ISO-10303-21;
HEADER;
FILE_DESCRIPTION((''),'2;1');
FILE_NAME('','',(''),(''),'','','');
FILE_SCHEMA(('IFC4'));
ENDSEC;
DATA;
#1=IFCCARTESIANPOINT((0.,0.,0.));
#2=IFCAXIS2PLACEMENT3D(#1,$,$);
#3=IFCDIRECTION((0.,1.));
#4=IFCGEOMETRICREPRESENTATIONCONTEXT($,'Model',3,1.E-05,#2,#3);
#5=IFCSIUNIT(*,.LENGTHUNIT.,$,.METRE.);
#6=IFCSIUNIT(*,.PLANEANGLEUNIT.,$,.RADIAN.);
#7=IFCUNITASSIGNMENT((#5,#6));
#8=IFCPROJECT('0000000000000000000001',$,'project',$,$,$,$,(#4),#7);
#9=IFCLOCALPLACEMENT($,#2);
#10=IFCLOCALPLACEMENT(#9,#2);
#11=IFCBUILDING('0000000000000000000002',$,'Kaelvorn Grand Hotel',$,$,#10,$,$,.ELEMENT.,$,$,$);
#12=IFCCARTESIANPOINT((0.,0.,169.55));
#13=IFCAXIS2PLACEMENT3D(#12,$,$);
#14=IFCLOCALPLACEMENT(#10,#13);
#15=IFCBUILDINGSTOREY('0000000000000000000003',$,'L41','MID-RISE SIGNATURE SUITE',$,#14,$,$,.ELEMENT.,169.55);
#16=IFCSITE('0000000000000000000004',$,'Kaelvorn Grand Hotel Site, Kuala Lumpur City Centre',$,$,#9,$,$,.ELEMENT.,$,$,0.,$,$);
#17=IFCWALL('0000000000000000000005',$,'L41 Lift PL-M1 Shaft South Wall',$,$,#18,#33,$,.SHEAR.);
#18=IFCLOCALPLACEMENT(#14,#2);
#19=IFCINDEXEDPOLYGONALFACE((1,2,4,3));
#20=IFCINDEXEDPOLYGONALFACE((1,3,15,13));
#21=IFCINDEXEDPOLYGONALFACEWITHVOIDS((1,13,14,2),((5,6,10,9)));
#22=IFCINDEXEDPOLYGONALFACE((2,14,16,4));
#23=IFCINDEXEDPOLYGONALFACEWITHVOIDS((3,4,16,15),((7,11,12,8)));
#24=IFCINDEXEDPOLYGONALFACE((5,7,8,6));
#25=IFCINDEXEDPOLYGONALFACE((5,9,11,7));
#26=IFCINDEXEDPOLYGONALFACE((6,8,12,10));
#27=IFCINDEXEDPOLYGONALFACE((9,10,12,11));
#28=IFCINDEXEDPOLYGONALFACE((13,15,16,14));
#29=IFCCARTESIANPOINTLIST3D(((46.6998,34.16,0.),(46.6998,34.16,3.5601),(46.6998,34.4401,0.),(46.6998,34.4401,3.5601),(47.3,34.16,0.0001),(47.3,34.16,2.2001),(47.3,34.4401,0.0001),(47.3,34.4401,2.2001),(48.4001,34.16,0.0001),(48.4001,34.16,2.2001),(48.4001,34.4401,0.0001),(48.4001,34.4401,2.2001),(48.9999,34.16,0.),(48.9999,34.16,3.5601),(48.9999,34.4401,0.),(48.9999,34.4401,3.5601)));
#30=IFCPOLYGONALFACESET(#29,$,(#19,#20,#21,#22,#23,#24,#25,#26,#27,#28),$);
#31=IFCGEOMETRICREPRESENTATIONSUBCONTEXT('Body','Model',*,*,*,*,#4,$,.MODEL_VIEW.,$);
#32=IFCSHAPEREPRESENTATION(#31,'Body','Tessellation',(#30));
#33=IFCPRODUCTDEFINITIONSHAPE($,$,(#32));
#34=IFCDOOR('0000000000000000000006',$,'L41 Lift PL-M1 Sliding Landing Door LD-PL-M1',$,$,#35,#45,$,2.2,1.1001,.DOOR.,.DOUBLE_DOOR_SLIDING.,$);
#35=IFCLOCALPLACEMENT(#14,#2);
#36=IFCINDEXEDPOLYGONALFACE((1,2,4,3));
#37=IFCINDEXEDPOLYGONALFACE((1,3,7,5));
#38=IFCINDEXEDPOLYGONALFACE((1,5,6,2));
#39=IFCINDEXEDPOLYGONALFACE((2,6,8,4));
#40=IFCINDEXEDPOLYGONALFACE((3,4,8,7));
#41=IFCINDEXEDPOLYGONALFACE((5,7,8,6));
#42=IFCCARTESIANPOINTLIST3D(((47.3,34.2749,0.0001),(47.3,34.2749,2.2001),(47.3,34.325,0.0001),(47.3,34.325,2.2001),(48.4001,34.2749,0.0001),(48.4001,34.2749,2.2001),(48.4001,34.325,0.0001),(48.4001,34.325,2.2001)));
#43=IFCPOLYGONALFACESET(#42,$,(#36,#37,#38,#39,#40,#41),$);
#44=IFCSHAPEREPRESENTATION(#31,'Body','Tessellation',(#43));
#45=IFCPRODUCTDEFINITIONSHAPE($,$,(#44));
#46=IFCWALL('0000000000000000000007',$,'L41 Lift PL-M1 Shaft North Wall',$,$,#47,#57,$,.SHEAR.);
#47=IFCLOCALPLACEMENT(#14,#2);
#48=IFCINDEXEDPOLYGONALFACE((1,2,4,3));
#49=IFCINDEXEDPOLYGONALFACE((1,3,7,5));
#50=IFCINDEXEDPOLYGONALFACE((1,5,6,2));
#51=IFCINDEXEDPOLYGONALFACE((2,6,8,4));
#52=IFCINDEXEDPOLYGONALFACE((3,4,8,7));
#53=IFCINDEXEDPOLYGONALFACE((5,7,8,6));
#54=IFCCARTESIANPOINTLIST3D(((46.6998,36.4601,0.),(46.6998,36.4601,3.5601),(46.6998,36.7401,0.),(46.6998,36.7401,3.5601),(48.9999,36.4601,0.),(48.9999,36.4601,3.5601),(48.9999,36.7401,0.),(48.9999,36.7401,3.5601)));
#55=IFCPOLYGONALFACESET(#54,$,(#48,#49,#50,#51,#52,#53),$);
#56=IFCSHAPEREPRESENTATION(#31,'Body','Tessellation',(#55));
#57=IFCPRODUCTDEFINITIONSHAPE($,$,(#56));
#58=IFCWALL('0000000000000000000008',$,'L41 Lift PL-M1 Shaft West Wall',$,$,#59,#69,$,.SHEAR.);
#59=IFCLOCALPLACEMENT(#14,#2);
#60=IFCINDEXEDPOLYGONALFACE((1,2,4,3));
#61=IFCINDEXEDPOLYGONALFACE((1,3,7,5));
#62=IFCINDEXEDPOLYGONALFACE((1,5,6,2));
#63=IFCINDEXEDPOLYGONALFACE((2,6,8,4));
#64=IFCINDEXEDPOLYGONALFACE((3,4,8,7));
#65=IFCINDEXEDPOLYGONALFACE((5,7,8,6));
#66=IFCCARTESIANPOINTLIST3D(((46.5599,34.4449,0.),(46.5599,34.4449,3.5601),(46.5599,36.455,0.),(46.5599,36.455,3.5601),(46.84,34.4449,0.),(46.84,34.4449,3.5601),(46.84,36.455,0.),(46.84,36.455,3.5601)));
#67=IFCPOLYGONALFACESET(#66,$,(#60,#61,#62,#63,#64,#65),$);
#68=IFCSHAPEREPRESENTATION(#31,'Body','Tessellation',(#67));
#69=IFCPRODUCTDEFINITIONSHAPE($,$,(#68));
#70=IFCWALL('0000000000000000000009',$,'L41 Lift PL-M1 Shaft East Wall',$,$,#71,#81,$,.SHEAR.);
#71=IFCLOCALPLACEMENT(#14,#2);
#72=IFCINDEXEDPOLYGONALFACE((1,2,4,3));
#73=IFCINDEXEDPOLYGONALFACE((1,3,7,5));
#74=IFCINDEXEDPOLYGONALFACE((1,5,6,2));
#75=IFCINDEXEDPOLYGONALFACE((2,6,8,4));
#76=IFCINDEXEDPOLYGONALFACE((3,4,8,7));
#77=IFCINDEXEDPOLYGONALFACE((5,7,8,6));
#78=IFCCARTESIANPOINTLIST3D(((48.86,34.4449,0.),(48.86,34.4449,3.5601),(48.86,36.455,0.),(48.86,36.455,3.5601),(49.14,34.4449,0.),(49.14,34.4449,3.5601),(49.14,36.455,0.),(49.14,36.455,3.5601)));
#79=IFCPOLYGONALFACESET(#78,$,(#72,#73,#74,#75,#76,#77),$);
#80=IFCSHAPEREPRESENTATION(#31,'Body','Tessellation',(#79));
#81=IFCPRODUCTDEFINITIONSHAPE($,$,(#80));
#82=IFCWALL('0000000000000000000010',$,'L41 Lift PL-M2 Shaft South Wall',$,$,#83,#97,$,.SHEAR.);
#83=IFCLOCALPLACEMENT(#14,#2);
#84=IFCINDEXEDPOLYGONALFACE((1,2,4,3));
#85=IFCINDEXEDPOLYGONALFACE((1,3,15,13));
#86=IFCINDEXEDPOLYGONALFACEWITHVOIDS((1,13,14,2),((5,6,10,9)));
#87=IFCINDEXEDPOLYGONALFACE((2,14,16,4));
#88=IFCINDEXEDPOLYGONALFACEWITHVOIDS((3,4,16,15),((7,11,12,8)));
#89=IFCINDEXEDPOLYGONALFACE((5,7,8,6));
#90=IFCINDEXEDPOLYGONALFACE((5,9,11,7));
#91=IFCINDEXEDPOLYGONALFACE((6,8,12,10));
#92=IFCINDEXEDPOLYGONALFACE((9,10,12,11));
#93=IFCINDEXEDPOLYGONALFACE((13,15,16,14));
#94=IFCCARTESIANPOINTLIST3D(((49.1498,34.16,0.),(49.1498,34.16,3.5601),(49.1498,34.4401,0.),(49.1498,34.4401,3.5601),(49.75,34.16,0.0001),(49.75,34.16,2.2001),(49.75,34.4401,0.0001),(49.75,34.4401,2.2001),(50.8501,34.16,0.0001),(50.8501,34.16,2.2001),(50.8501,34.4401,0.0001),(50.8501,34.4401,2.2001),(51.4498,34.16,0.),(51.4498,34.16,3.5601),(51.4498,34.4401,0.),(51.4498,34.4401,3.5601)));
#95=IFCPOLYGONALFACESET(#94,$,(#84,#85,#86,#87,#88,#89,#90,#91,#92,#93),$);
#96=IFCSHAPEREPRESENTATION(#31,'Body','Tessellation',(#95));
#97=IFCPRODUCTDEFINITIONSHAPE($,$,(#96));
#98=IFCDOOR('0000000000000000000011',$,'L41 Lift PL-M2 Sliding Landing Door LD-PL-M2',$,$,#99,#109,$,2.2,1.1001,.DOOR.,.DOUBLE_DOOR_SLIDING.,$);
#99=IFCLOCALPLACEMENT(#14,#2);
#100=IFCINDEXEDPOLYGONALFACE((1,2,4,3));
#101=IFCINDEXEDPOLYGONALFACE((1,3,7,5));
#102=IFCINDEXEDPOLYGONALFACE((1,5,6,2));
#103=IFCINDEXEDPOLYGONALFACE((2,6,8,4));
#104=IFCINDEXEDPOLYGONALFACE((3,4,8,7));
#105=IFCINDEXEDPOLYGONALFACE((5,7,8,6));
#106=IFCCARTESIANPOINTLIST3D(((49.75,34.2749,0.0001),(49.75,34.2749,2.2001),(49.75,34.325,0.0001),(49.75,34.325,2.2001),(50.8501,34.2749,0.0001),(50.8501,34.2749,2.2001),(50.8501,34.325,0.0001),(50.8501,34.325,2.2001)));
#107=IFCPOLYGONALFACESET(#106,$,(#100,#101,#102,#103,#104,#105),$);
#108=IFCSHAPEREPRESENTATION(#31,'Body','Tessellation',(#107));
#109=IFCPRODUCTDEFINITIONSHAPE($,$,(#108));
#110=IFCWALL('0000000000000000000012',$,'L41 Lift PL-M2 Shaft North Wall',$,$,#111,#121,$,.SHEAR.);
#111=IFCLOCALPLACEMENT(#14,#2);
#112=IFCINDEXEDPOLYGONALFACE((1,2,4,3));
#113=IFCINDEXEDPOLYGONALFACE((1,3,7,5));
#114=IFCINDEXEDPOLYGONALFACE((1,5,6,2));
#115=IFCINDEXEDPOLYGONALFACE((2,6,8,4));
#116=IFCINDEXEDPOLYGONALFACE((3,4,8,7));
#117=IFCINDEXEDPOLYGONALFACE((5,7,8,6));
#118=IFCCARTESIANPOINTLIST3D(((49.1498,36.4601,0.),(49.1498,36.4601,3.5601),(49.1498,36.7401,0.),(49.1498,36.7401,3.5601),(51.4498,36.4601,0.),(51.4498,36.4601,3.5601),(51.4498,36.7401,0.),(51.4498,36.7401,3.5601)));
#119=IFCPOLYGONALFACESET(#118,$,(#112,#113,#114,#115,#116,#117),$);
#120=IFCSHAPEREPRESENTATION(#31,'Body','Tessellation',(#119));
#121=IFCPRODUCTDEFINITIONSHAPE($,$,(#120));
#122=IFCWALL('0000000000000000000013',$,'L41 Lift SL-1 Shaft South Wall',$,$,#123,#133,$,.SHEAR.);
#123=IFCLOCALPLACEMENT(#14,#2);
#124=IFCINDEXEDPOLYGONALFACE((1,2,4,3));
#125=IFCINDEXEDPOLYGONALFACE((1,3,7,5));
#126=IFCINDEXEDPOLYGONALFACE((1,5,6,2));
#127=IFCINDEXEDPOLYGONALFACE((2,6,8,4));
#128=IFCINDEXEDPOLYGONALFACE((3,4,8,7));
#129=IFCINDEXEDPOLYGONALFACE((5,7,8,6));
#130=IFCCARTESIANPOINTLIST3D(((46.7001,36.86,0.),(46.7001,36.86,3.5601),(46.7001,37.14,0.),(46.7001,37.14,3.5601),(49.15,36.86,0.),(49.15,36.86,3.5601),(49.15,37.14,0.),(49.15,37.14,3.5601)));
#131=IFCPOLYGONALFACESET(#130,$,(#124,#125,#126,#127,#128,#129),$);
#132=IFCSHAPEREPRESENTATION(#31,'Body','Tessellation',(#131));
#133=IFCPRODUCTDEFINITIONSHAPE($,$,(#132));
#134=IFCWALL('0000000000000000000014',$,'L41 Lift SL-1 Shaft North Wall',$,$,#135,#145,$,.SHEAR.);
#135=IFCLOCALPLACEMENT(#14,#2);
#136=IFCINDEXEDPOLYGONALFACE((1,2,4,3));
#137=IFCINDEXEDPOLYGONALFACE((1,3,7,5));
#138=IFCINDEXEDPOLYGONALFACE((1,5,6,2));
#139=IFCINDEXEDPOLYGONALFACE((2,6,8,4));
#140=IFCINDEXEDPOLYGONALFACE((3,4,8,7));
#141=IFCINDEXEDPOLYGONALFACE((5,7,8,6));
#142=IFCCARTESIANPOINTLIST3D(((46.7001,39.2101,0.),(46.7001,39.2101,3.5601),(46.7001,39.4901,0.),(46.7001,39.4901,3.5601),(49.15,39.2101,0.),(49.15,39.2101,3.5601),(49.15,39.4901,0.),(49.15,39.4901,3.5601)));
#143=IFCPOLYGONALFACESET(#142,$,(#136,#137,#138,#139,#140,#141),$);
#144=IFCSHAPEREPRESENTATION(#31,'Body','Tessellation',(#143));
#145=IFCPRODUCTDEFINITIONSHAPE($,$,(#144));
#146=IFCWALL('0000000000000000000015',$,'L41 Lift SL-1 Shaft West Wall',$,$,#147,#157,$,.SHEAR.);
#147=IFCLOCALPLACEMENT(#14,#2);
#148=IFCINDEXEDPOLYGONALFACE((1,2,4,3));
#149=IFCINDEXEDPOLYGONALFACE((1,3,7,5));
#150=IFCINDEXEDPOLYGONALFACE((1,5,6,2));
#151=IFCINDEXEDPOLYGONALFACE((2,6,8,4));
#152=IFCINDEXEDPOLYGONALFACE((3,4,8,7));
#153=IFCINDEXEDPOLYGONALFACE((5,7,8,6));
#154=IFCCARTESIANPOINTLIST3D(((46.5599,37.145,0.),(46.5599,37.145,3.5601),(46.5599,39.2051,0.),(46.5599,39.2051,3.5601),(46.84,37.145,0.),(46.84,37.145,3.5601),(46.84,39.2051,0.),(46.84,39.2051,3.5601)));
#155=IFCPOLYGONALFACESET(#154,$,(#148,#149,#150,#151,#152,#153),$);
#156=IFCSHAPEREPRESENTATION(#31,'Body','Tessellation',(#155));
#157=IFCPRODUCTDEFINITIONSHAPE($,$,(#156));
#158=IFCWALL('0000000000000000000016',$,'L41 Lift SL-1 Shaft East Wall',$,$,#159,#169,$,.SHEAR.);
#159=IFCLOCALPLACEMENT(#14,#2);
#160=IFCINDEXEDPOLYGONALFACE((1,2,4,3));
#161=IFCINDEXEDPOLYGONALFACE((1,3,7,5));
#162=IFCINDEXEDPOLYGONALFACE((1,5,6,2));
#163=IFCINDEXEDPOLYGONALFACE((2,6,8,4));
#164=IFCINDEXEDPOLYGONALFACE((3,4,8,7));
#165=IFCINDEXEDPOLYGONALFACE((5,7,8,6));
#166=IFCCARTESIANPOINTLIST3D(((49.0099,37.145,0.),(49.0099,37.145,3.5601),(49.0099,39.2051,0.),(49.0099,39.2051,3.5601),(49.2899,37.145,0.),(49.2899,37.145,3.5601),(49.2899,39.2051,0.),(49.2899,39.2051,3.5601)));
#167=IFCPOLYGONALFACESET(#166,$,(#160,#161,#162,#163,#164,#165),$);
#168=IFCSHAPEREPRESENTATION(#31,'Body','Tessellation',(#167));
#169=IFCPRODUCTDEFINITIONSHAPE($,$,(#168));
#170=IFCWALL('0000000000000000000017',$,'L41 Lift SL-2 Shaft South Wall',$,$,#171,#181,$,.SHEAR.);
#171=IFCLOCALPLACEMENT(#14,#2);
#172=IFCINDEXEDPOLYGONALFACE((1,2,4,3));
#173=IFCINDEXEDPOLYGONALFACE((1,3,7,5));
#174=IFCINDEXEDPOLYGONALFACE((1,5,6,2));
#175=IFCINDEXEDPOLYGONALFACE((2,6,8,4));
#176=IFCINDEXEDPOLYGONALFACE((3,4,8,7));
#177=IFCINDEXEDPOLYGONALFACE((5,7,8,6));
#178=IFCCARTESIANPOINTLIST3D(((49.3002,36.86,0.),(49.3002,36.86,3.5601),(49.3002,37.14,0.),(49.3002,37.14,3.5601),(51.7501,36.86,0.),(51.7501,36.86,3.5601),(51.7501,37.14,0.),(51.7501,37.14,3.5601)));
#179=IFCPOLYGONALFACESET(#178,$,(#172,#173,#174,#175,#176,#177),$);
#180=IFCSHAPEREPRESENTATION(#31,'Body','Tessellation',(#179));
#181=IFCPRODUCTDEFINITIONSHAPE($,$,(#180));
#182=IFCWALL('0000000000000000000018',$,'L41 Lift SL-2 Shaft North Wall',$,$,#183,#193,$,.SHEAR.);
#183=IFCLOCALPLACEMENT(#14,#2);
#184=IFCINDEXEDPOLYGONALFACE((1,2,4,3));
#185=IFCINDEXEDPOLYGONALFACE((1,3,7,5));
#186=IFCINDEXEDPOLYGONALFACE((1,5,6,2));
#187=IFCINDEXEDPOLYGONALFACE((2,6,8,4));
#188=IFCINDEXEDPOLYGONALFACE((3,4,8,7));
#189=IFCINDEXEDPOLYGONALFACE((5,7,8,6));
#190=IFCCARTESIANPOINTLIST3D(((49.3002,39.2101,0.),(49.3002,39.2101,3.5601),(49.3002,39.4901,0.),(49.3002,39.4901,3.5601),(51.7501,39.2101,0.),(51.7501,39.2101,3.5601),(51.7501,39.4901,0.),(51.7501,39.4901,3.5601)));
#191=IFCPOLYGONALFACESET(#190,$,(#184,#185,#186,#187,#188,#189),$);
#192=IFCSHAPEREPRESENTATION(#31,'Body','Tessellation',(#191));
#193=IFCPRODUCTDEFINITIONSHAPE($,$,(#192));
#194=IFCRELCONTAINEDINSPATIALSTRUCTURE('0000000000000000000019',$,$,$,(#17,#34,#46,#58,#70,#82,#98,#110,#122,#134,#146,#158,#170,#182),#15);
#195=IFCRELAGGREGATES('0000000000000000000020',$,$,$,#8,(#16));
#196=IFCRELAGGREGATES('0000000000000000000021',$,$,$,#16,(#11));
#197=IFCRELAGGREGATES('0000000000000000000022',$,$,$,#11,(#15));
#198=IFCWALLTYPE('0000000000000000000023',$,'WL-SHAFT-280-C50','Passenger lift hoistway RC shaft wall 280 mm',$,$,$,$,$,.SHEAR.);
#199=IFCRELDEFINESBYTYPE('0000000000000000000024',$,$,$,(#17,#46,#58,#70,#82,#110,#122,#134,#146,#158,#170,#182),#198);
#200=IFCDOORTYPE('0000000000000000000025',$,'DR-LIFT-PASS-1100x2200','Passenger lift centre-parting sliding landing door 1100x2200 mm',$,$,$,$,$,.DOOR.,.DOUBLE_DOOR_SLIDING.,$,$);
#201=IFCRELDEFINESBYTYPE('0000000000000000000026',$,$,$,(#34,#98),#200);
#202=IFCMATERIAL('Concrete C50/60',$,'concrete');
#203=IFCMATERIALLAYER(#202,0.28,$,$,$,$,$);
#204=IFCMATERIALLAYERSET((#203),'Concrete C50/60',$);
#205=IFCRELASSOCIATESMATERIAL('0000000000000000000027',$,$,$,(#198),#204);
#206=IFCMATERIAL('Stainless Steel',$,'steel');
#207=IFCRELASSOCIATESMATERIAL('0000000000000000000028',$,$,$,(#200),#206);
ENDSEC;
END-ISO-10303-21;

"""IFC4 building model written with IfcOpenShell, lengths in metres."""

from ifc_helpers import new_model, si_unit, direction, frame, frame_2d, origin, place, context, subcontext, project, spatial, rectangle, extrude, material, layer, layer_set, type_object, element, fill, save


model = new_model("IFC4")

# Units and contexts
model_context = context("Model", 3, precision=1e-05, world=origin(), true_north=direction((0.0, 1.0)))
body_context = subcontext(model_context, "Body", "Model", "MODEL_VIEW")
ifc_project = project(units=[si_unit("LENGTHUNIT", "METRE"), si_unit("PLANEANGLEUNIT", "RADIAN")], contexts=[model_context])

# Site, building, storey
site_placement = place(None, origin())
site = spatial("IfcSite", under=ifc_project, at=site_placement, Name="Kaelvorn Grand Hotel Site, Kuala Lumpur City Centre", CompositionType="ELEMENT", RefElevation=0.0)
building_placement = place(site_placement, origin())
building = spatial("IfcBuilding", under=site, at=building_placement, Name="Kaelvorn Grand Hotel", CompositionType="ELEMENT")
storey_placement = place(building_placement, frame((0.0, 0.0, 169.55)))
storey = spatial("IfcBuildingStorey", under=building, at=storey_placement, Name="L41", Description="MID-RISE SIGNATURE SUITE", CompositionType="ELEMENT", Elevation=169.55)

# Shared definitions
ifc_material_1 = material(Name="Concrete C50/60", Category="concrete")

# Wall, opening, door
ifc_layer_1 = layer(ifc_material_1, 0.28)
ifc_layer_set_1 = layer_set([ifc_layer_1], Name="Concrete C50/60")
wall_type_1 = type_object("IfcWallType", Name="WL-SHAFT-280-C50", Description="Passenger lift hoistway RC shaft wall 280 mm", PredefinedType="SHEAR", material=ifc_layer_set_1)
wall_1_placement = place(storey_placement, frame((46.7, 34.3, 0.0), z_axis=(0.0, 0.0, 1.0), x_axis=(1.0, 0.0, 0.0)))
wall_1 = element("IfcWall", 1, at=wall_1_placement, inside=storey, type_object=wall_type_1, Name="L41 Lift PL-M1 Shaft South Wall", PredefinedType="SHEAR", context=body_context, shape_type="SweptSolid", body=[
    extrude(rectangle(XDim=2.3, YDim=0.28, at=frame_2d((1.1499, 0.0))), origin(), (0.0, 0.0, 1.0), 3.5601),
])
opening_1_placement = place(wall_1_placement, frame((0.6001, 0.0, 0.0)))
opening_1 = element("IfcOpeningElement", 2, at=opening_1_placement, cuts=wall_1, PredefinedType="OPENING", context=body_context, shape_type="SweptSolid", body=[
    extrude(rectangle(XDim=1.1001, YDim=2.2, at=frame_2d((0.55, 1.1001))), frame((0.0, 0.1499, 0.0), z_axis=(0.0, -1.0, 0.0), x_axis=(1.0, 0.0, 0.0)), (0.0, 0.0, 1.0), 0.3),
])
ifc_material_2 = material(Name="Stainless Steel", Category="steel")
door_type_1 = type_object("IfcDoorType", Name="DR-LIFT-PASS-1100x2200", Description="Passenger lift centre-parting sliding landing door 1100x2200 mm", OperationType="DOUBLE_DOOR_SLIDING", PredefinedType="DOOR", material=ifc_material_2)
door_1_placement = place(opening_1_placement, origin())
door_1 = element("IfcDoor", 3, at=door_1_placement, inside=storey, type_object=door_type_1, Name="L41 Lift PL-M1 Sliding Landing Door LD-PL-M1", OperationType="DOUBLE_DOOR_SLIDING", OverallHeight=2.2, OverallWidth=1.1001, PredefinedType="DOOR", context=body_context, shape_type="SweptSolid", body=[
    extrude(rectangle(XDim=1.1001, YDim=2.2, at=frame_2d((0.55, 1.1001))), frame((0.0, 0.0249, 0.0), z_axis=(0.0, -1.0, 0.0), x_axis=(1.0, 0.0, 0.0)), (0.0, 0.0, 1.0), 0.05),
])
fill(opening_1, door_1)

# Walls
wall_2_placement = place(storey_placement, frame((46.7, 36.6001, 0.0), z_axis=(0.0, 0.0, 1.0), x_axis=(1.0, 0.0, 0.0)))
element("IfcWall", 4, at=wall_2_placement, inside=storey, type_object=wall_type_1, Name="L41 Lift PL-M1 Shaft North Wall", PredefinedType="SHEAR", context=body_context, shape_type="SweptSolid", body=[
    extrude(rectangle(XDim=2.3, YDim=0.28, at=frame_2d((1.1499, 0.0))), origin(), (0.0, 0.0, 1.0), 3.5601),
])
for number, where, z_axis, x_axis, name in (
    (5, (46.7, 34.4451, 0.0), (0.0, 0.0, 1.0), (0.0, 1.0, 0.0), "L41 Lift PL-M1 Shaft West Wall"),
    (6, (49.0, 34.4451, 0.0), (0.0, 0.0, 1.0), (0.0, 1.0, 0.0), "L41 Lift PL-M1 Shaft East Wall"),
):
    element("IfcWall", number, at=place(storey_placement, frame(where, z_axis=z_axis, x_axis=x_axis)), inside=storey, type_object=wall_type_1, Name=name, PredefinedType="SHEAR", context=body_context, shape_type="SweptSolid", body=[
        extrude(rectangle(XDim=2.01, YDim=0.28, at=frame_2d((1.0049, 0.0))), origin(), (0.0, 0.0, 1.0), 3.5601),
    ])

# Wall, opening, door
wall_3_placement = place(storey_placement, frame((49.1499, 34.3, 0.0), z_axis=(0.0, 0.0, 1.0), x_axis=(1.0, 0.0, 0.0)))
wall_3 = element("IfcWall", 7, at=wall_3_placement, inside=storey, type_object=wall_type_1, Name="L41 Lift PL-M2 Shaft South Wall", PredefinedType="SHEAR", context=body_context, shape_type="SweptSolid", body=[
    extrude(rectangle(XDim=2.3, YDim=0.28, at=frame_2d((1.1499, 0.0))), origin(), (0.0, 0.0, 1.0), 3.5601),
])
opening_2_placement = place(wall_3_placement, frame((0.6001, 0.0, 0.0)))
opening_2 = element("IfcOpeningElement", 8, at=opening_2_placement, cuts=wall_3, PredefinedType="OPENING", context=body_context, shape_type="SweptSolid", body=[
    extrude(rectangle(XDim=1.1001, YDim=2.2, at=frame_2d((0.55, 1.1001))), frame((0.0, 0.1499, 0.0), z_axis=(0.0, -1.0, 0.0), x_axis=(1.0, 0.0, 0.0)), (0.0, 0.0, 1.0), 0.3),
])
door_2_placement = place(opening_2_placement, origin())
door_2 = element("IfcDoor", 9, at=door_2_placement, inside=storey, type_object=door_type_1, Name="L41 Lift PL-M2 Sliding Landing Door LD-PL-M2", OperationType="DOUBLE_DOOR_SLIDING", OverallHeight=2.2, OverallWidth=1.1001, PredefinedType="DOOR", context=body_context, shape_type="SweptSolid", body=[
    extrude(rectangle(XDim=1.1001, YDim=2.2, at=frame_2d((0.55, 1.1001))), frame((0.0, 0.0249, 0.0), z_axis=(0.0, -1.0, 0.0), x_axis=(1.0, 0.0, 0.0)), (0.0, 0.0, 1.0), 0.05),
])
fill(opening_2, door_2)

# Walls
wall_4_placement = place(storey_placement, frame((49.1499, 36.6001, 0.0), z_axis=(0.0, 0.0, 1.0), x_axis=(1.0, 0.0, 0.0)))
element("IfcWall", 10, at=wall_4_placement, inside=storey, type_object=wall_type_1, Name="L41 Lift PL-M2 Shaft North Wall", PredefinedType="SHEAR", context=body_context, shape_type="SweptSolid", body=[
    extrude(rectangle(XDim=2.3, YDim=0.28, at=frame_2d((1.1499, 0.0))), origin(), (0.0, 0.0, 1.0), 3.5601),
])
for number, where, z_axis, x_axis, name in (
    (11, (46.7, 37.0, 0.0), (0.0, 0.0, 1.0), (1.0, 0.0, 0.0), "L41 Lift SL-1 Shaft South Wall"),
    (12, (46.7, 39.3501, 0.0), (0.0, 0.0, 1.0), (1.0, 0.0, 0.0), "L41 Lift SL-1 Shaft North Wall"),
):
    element("IfcWall", number, at=place(storey_placement, frame(where, z_axis=z_axis, x_axis=x_axis)), inside=storey, type_object=wall_type_1, Name=name, PredefinedType="SHEAR", context=body_context, shape_type="SweptSolid", body=[
        extrude(rectangle(XDim=2.45, YDim=0.28, at=frame_2d((1.2251, 0.0))), origin(), (0.0, 0.0, 1.0), 3.5601),
    ])
for number, where, z_axis, x_axis, name in (
    (13, (46.7, 37.145, 0.0), (0.0, 0.0, 1.0), (0.0, 1.0, 0.0), "L41 Lift SL-1 Shaft West Wall"),
    (14, (49.1499, 37.145, 0.0), (0.0, 0.0, 1.0), (0.0, 1.0, 0.0), "L41 Lift SL-1 Shaft East Wall"),
):
    element("IfcWall", number, at=place(storey_placement, frame(where, z_axis=z_axis, x_axis=x_axis)), inside=storey, type_object=wall_type_1, Name=name, PredefinedType="SHEAR", context=body_context, shape_type="SweptSolid", body=[
        extrude(rectangle(XDim=2.0601, YDim=0.28, at=frame_2d((1.03, 0.0))), origin(), (0.0, 0.0, 1.0), 3.5601),
    ])
for number, where, z_axis, x_axis, name in (
    (15, (49.3, 37.0, 0.0), (0.0, 0.0, 1.0), (1.0, 0.0, 0.0), "L41 Lift SL-2 Shaft South Wall"),
    (16, (49.3, 39.3501, 0.0), (0.0, 0.0, 1.0), (1.0, 0.0, 0.0), "L41 Lift SL-2 Shaft North Wall"),
):
    element("IfcWall", number, at=place(storey_placement, frame(where, z_axis=z_axis, x_axis=x_axis)), inside=storey, type_object=wall_type_1, Name=name, PredefinedType="SHEAR", context=body_context, shape_type="SweptSolid", body=[
        extrude(rectangle(XDim=2.45, YDim=0.28, at=frame_2d((1.2251, 0.0))), origin(), (0.0, 0.0, 1.0), 3.5601),
    ])

save(model, "model.ifc")
